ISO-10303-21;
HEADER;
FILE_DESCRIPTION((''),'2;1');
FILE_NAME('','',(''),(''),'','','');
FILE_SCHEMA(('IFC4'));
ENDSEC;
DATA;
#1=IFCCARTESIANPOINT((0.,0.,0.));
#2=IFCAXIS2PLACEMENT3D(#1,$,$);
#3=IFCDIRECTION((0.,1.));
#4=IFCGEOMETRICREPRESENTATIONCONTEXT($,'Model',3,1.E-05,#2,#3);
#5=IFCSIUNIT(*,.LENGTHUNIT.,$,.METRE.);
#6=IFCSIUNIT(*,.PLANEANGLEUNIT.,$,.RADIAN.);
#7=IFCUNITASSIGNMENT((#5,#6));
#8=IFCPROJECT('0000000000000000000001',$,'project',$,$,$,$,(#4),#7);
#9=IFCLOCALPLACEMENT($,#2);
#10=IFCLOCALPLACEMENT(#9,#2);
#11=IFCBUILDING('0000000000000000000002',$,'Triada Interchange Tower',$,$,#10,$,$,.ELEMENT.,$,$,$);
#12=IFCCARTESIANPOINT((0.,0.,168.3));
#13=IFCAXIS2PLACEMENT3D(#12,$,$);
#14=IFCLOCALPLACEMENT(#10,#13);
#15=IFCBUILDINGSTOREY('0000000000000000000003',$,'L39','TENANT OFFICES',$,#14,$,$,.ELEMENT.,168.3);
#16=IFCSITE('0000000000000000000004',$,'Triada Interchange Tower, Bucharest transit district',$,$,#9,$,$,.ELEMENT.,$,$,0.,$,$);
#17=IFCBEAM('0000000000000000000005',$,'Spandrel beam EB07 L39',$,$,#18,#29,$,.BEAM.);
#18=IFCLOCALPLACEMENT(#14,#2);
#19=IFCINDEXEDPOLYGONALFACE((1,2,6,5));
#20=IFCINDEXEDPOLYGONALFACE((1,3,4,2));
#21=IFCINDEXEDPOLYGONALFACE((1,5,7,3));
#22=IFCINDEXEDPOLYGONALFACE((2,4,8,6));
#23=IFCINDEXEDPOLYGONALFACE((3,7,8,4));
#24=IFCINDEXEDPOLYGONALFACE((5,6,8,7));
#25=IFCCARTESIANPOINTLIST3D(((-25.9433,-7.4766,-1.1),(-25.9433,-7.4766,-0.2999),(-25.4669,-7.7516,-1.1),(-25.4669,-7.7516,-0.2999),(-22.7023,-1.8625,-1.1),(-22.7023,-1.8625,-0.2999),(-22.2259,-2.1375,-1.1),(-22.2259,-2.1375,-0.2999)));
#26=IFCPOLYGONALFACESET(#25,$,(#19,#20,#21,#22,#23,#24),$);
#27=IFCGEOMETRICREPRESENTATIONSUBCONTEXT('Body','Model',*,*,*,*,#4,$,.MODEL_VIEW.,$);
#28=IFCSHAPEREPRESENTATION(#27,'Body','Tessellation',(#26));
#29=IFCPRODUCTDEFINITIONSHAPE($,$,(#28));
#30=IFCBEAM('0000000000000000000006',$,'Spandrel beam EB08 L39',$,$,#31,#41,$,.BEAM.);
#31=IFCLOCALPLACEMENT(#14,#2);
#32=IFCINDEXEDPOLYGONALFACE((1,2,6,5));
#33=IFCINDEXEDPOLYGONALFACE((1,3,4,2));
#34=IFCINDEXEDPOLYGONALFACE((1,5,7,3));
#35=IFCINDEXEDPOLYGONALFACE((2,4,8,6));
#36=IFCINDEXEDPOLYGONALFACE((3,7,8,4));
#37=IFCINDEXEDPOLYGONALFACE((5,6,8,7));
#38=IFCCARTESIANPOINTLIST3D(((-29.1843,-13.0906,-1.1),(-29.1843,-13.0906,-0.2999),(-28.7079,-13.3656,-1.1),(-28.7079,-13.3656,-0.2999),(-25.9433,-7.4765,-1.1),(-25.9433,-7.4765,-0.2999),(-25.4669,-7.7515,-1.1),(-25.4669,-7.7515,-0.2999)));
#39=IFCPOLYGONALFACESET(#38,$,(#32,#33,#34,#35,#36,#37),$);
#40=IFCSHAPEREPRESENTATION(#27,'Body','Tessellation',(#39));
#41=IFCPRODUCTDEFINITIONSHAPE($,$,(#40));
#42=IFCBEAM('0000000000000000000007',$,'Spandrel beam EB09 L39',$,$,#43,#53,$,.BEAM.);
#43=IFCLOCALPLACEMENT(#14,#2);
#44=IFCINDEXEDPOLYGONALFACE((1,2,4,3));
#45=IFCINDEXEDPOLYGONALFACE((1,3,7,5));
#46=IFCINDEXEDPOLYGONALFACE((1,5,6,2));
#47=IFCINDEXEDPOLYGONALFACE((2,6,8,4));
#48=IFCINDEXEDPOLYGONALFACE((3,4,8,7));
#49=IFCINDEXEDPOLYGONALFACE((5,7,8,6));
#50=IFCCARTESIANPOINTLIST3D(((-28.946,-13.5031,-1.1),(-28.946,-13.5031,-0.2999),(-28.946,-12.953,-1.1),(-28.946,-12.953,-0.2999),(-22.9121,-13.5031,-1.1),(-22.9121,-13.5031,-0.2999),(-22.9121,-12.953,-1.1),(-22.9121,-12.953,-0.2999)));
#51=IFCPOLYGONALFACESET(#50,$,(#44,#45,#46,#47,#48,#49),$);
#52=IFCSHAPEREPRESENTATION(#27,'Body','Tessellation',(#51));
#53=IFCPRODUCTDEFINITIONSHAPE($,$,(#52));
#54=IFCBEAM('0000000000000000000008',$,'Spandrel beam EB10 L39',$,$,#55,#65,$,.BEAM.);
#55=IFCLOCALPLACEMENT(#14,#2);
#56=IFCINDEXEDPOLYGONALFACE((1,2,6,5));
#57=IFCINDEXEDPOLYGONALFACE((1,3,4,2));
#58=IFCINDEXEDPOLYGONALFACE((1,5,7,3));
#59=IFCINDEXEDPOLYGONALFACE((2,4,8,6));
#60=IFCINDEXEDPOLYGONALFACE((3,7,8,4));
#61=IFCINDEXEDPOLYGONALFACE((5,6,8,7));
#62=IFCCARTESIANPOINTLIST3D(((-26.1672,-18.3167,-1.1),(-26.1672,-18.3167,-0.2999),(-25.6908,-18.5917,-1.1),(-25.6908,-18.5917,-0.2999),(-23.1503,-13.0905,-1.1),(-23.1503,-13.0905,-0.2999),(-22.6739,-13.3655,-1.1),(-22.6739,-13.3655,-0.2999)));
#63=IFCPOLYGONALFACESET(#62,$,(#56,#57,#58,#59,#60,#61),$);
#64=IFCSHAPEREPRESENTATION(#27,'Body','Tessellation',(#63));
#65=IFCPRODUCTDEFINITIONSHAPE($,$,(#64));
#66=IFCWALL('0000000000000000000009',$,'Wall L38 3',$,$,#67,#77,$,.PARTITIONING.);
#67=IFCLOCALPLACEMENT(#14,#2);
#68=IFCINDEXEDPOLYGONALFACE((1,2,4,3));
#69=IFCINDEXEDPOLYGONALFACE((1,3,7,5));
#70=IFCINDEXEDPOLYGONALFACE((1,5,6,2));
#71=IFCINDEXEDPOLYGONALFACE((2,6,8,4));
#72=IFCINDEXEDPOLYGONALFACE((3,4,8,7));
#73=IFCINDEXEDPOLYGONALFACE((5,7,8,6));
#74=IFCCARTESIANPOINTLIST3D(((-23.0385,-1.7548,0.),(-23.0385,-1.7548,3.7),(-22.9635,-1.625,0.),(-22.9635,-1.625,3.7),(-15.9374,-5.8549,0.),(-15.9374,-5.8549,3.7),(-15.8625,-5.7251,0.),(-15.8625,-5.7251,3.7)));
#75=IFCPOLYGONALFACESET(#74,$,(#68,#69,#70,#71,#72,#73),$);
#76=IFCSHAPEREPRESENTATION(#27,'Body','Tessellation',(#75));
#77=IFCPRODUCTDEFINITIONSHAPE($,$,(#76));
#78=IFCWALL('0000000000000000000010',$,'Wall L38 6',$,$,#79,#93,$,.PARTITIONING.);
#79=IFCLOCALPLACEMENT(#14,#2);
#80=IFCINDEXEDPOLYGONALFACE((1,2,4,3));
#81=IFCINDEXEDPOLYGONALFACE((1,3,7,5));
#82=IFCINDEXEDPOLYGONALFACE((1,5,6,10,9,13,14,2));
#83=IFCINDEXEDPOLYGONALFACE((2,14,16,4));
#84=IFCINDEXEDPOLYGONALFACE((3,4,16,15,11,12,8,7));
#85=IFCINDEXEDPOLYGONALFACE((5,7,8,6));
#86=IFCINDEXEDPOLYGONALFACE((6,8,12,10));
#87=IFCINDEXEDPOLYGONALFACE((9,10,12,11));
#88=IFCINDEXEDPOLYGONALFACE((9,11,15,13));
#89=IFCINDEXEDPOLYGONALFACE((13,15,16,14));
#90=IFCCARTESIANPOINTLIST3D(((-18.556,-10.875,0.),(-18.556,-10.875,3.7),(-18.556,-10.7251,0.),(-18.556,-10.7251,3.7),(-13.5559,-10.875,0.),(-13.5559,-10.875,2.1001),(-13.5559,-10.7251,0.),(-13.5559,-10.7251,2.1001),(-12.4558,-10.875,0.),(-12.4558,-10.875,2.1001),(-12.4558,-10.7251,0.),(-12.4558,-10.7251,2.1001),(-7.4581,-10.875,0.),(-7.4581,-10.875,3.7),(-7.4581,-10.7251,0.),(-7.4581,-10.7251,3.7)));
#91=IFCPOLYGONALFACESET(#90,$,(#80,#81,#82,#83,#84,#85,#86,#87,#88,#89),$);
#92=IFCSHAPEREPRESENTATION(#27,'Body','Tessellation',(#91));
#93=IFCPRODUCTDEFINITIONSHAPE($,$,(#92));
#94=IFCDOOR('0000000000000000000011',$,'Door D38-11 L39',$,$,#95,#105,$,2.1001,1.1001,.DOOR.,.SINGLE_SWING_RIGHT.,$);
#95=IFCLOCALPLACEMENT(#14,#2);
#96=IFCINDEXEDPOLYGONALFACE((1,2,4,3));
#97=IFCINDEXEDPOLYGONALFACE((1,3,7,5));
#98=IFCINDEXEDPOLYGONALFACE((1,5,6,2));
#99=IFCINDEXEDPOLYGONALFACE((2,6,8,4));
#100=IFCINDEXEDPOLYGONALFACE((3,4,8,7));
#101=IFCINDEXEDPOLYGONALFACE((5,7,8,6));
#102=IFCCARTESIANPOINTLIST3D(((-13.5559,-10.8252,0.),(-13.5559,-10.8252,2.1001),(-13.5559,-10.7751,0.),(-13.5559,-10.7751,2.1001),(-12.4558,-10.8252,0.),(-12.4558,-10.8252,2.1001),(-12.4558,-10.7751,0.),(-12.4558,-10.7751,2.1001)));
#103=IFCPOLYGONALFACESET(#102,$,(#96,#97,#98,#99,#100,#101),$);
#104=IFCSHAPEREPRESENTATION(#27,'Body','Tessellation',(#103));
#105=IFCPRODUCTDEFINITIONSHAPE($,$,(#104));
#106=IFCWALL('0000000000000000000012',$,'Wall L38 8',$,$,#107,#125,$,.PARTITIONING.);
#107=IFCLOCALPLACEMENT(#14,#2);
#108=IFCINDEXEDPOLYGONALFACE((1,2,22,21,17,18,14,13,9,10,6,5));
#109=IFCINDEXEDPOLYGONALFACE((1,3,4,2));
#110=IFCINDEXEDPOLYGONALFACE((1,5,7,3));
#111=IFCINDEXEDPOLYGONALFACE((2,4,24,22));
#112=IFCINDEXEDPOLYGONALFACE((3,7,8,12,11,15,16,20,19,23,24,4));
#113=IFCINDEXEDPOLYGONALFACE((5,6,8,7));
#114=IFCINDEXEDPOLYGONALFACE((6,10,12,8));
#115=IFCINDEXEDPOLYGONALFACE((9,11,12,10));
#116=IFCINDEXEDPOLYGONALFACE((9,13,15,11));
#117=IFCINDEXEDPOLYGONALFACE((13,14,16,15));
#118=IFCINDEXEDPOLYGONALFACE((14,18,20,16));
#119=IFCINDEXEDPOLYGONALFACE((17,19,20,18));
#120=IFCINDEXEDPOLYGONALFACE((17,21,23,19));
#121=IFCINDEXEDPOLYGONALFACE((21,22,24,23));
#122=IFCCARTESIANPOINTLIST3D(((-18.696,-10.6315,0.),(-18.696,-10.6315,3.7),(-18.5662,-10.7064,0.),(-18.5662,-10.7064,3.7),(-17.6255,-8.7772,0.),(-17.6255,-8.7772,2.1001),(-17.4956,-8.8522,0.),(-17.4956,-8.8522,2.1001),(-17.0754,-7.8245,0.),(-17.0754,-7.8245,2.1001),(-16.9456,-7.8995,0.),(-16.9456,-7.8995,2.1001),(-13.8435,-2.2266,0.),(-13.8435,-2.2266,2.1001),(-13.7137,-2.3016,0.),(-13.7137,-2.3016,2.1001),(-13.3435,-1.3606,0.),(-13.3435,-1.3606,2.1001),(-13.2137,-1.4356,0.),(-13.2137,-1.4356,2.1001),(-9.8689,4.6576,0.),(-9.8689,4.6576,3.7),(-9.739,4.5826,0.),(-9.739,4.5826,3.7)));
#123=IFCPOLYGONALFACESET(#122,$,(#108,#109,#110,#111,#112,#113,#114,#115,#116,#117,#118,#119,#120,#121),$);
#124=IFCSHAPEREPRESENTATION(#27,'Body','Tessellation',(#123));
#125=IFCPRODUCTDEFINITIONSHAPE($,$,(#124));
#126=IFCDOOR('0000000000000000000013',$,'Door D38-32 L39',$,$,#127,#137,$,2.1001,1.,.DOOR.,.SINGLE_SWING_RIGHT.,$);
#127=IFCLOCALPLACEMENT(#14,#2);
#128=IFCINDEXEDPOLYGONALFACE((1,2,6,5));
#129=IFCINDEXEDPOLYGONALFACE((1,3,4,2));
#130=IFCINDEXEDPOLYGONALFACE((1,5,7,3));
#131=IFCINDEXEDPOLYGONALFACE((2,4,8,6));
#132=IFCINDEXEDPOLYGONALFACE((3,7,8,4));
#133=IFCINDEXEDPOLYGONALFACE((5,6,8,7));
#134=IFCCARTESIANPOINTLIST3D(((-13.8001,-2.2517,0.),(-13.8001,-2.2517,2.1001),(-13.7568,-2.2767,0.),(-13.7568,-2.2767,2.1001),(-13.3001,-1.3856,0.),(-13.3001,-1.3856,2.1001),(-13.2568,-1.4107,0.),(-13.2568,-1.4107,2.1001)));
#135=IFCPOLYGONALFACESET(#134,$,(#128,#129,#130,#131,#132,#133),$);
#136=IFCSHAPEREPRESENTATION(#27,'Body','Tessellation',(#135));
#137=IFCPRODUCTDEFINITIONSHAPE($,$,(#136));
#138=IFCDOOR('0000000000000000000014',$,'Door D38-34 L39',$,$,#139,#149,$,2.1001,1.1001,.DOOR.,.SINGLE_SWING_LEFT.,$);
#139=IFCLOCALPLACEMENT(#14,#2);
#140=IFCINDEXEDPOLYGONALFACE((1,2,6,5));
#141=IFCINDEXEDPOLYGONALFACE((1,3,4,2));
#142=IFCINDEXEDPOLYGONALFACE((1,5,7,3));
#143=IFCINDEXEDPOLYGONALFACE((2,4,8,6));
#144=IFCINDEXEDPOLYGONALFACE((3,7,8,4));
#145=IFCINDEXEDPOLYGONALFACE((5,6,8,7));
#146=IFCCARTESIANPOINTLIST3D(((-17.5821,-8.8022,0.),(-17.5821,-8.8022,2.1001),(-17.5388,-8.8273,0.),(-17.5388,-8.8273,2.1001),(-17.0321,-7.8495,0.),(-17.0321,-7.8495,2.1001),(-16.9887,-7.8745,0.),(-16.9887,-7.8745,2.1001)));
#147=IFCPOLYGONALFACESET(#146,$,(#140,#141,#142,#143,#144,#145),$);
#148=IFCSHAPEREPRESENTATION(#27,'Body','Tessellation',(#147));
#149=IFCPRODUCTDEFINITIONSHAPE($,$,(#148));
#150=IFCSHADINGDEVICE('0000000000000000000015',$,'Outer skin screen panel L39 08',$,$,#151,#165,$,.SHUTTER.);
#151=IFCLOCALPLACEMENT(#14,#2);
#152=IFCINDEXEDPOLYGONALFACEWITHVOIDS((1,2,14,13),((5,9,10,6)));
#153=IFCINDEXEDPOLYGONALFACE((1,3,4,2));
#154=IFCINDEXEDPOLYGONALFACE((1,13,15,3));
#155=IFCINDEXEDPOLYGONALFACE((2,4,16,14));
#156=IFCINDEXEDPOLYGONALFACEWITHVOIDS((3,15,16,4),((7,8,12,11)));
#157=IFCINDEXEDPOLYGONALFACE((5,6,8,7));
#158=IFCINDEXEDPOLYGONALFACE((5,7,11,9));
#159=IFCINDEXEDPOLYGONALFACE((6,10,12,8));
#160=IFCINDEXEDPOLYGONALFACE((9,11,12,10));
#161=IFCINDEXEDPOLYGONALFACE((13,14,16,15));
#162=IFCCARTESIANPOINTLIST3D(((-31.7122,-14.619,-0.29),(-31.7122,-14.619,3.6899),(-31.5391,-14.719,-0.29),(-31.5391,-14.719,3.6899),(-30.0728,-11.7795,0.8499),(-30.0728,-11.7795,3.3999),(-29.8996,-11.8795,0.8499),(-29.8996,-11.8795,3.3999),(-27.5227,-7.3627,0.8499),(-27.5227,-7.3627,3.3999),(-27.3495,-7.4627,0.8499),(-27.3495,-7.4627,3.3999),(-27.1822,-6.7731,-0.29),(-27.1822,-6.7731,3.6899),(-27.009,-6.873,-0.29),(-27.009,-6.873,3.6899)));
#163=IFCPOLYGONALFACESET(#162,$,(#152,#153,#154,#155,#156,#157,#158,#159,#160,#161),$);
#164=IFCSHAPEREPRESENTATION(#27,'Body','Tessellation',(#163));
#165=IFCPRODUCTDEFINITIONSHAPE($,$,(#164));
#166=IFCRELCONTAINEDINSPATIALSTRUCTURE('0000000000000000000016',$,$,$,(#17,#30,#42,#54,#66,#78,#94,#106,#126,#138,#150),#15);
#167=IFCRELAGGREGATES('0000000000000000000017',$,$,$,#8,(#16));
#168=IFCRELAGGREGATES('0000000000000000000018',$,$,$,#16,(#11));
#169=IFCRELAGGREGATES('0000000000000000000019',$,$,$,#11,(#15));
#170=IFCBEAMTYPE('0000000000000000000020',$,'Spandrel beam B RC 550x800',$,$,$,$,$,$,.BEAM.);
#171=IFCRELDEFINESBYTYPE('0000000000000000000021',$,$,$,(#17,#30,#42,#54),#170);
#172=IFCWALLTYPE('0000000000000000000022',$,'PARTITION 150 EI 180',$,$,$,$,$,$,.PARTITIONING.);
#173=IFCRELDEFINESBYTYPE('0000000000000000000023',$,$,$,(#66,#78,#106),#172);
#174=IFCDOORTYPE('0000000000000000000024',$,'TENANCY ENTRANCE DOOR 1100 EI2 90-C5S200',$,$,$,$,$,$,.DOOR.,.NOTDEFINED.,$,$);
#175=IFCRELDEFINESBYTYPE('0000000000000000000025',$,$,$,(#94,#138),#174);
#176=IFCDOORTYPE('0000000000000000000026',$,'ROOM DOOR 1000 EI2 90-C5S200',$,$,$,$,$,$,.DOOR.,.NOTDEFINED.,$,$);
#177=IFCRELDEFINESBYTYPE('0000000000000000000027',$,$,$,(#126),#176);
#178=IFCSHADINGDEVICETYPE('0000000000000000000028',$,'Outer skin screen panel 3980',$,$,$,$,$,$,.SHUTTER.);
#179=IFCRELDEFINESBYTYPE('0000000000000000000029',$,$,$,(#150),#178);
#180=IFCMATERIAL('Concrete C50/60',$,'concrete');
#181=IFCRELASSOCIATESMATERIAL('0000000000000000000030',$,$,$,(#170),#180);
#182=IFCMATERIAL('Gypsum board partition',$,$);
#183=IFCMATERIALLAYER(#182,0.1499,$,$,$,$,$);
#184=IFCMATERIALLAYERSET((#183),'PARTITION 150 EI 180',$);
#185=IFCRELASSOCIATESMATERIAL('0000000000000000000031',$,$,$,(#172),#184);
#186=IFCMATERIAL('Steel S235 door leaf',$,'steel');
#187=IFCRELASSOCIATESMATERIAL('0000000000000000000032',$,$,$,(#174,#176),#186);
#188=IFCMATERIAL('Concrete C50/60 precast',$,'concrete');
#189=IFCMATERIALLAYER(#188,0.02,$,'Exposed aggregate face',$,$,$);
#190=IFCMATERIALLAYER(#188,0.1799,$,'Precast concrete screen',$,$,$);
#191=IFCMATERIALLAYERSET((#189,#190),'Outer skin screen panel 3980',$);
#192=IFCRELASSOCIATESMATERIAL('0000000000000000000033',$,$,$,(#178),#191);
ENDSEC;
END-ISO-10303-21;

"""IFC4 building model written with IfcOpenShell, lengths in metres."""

from ifc_helpers import new_model, si_unit, direction, frame, frame_2d, origin, origin_2d, place, context, subcontext, project, spatial, polyline, rectangle, outline, extrude, material, layer, layer_set, material_profile, profile_set, type_object, element, fill, save


model = new_model("IFC4")

# Units and contexts
model_context = context("Model", 3, precision=1e-05, world=origin(), true_north=direction((0.0, 1.0)))
body_context = subcontext(model_context, "Body", "Model", "MODEL_VIEW")
ifc_project = project(units=[si_unit("LENGTHUNIT", "METRE"), si_unit("PLANEANGLEUNIT", "RADIAN")], contexts=[model_context])

# Site, building, storey
site_placement = place(None, origin())
site = spatial("IfcSite", under=ifc_project, at=site_placement, Name="Triada Interchange Tower, Bucharest transit district", CompositionType="ELEMENT", RefElevation=0.0)
building_placement = place(site_placement, origin())
building = spatial("IfcBuilding", under=site, at=building_placement, Name="Triada Interchange Tower", CompositionType="ELEMENT")
storey_placement = place(building_placement, frame((0.0, 0.0, 168.3)))
storey = spatial("IfcBuildingStorey", under=building, at=storey_placement, Name="L39", Description="TENANT OFFICES", CompositionType="ELEMENT", Elevation=168.3)

# Beams
ifc_material_1 = material(Name="Concrete C50/60", Category="concrete")
ifc_material_profile_1 = material_profile(ifc_material_1, rectangle(XDim=0.55, YDim=0.8, at=origin_2d()), Name="RC 550x800")
ifc_profile_set_1 = profile_set([ifc_material_profile_1], Name="Concrete C50/60")
beam_type_1 = type_object("IfcBeamType", Name="Spandrel beam B RC 550x800", PredefinedType="BEAM", material=ifc_profile_set_1)
for number, where, z_axis, x_axis, name in (
    (1, (-22.4641, -2.0, -0.7), (-0.499967, -0.866044, 0.0), (0.866044, -0.499967, 0.0), "Spandrel beam EB07 L39"),
    (2, (-25.7051, -7.614, -0.7), (-0.499967, -0.866044, 0.0), (0.866044, -0.499967, 0.0), "Spandrel beam EB08 L39"),
):
    element("IfcBeam", number, at=place(storey_placement, frame(where, z_axis=z_axis, x_axis=x_axis)), inside=storey, type_object=beam_type_1, Name=name, PredefinedType="BEAM", context=body_context, shape_type="SweptSolid", body=[
        extrude(rectangle(XDim=0.55, YDim=0.8, at=origin_2d()), origin(), (0.0, 0.0, 1.0), 6.4824),
    ])
beam_1_placement = place(storey_placement, frame((-28.946, -13.228, -0.7), z_axis=(1.0, 0.0, 0.0), x_axis=(0.0, 1.0, 0.0)))
element("IfcBeam", 3, at=beam_1_placement, inside=storey, type_object=beam_type_1, Name="Spandrel beam EB09 L39", PredefinedType="BEAM", context=body_context, shape_type="SweptSolid", body=[
    extrude(rectangle(XDim=0.55, YDim=0.8, at=origin_2d()), origin(), (0.0, 0.0, 1.0), 6.0339),
])
beam_2_placement = place(storey_placement, frame((-22.9121, -13.228, -0.7), z_axis=(-0.499947, -0.866056, 0.0), x_axis=(0.866056, -0.499947, 0.0)))
element("IfcBeam", 4, at=beam_2_placement, inside=storey, type_object=beam_type_1, Name="Spandrel beam EB10 L39", PredefinedType="BEAM", context=body_context, shape_type="SweptSolid", body=[
    extrude(rectangle(XDim=0.55, YDim=0.8, at=origin_2d()), origin(), (0.0, 0.0, 1.0), 6.0344),
])

# Wall
ifc_material_2 = material(Name="Gypsum board partition")
ifc_layer_1 = layer(ifc_material_2, 0.1499)
ifc_layer_set_1 = layer_set([ifc_layer_1], Name="PARTITION 150 EI 180")
wall_type = type_object("IfcWallType", Name="PARTITION 150 EI 180", PredefinedType="PARTITIONING", material=ifc_layer_set_1)
wall_1_placement = place(storey_placement, frame((-23.001, -1.6899, 0.0), z_axis=(0.0, 0.0, 1.0), x_axis=(0.86601, -0.500027, 0.0)))
element("IfcWall", 5, at=wall_1_placement, inside=storey, type_object=wall_type, Name="Wall L38 3", PredefinedType="PARTITIONING", context=body_context, shape_type="SweptSolid", body=[
    extrude(rectangle(XDim=8.1997, YDim=0.1499, at=frame_2d((4.0999, 0.0))), origin(), (0.0, 0.0, 1.0), 3.7),
])

# Wall, opening, door
wall_2_placement = place(storey_placement, frame((-18.5559, -10.8, 0.0), z_axis=(0.0, 0.0, 1.0), x_axis=(1.0, 0.0, 0.0)))
wall_2 = element("IfcWall", 6, at=wall_2_placement, inside=storey, type_object=wall_type, Name="Wall L38 6", PredefinedType="PARTITIONING", context=body_context, shape_type="SweptSolid", body=[
    extrude(rectangle(XDim=11.0979, YDim=0.1499, at=frame_2d((5.5488, 0.0))), origin(), (0.0, 0.0, 1.0), 3.7),
])
opening_1_placement = place(wall_2_placement, frame((5.0, 0.0, 0.0)))
opening_1 = element("IfcOpeningElement", 7, at=opening_1_placement, cuts=wall_2, PredefinedType="OPENING", context=body_context, shape_type="SweptSolid", body=[
    extrude(rectangle(XDim=1.1001, YDim=2.1001, at=frame_2d((0.55, 1.05))), frame((0.0, 0.085, 0.0), z_axis=(0.0, -1.0, 0.0), x_axis=(1.0, 0.0, 0.0)), (0.0, 0.0, 1.0), 0.1699),
])
ifc_material_3 = material(Name="Steel S235 door leaf", Category="steel")
door_type_1 = type_object("IfcDoorType", Name="TENANCY ENTRANCE DOOR 1100 EI2 90-C5S200", OperationType="NOTDEFINED", PredefinedType="DOOR", material=ifc_material_3)
door_1_placement = place(opening_1_placement, origin())
door_1 = element("IfcDoor", 8, at=door_1_placement, inside=storey, type_object=door_type_1, Name="Door D38-11 L39", OperationType="SINGLE_SWING_RIGHT", OverallHeight=2.1001, OverallWidth=1.1001, PredefinedType="DOOR", context=body_context, shape_type="SweptSolid", body=[
    extrude(rectangle(XDim=1.1001, YDim=2.1001, at=frame_2d((0.55, 1.05))), frame((0.0, 0.0249, 0.0), z_axis=(0.0, -1.0, 0.0), x_axis=(1.0, 0.0, 0.0)), (0.0, 0.0, 1.0), 0.05),
])
fill(opening_1, door_1)

# Wall, openings, doors
wall_3_placement = place(storey_placement, frame((-18.6311, -10.6689, 0.0), z_axis=(0.0, 0.0, 1.0), x_axis=(0.5, 0.866025, 0.0)))
wall_3 = element("IfcWall", 9, at=wall_3_placement, inside=storey, type_object=wall_type, Name="Wall L38 8", PredefinedType="PARTITIONING", context=body_context, shape_type="SweptSolid", body=[
    extrude(rectangle(XDim=17.6543, YDim=0.1499, at=frame_2d((8.8271, 0.0))), origin(), (0.0, 0.0, 1.0), 3.7),
])
opening_2_placement = place(wall_3_placement, frame((9.7051, 0.0, 0.0)))
opening_2 = element("IfcOpeningElement", 10, at=opening_2_placement, cuts=wall_3, PredefinedType="OPENING", context=body_context, shape_type="SweptSolid", body=[
    extrude(rectangle(XDim=1.0, YDim=2.1001, at=frame_2d((0.5, 1.05))), frame((0.0, 0.085, 0.0), z_axis=(0.0, -1.0, 0.0), x_axis=(1.0, 0.0, 0.0)), (0.0, 0.0, 1.0), 0.1699),
])
opening_3_placement = place(wall_3_placement, frame((2.1411, 0.0, 0.0)))
opening_3 = element("IfcOpeningElement", 11, at=opening_3_placement, cuts=wall_3, PredefinedType="OPENING", context=body_context, shape_type="SweptSolid", body=[
    extrude(rectangle(XDim=1.1001, YDim=2.1001, at=frame_2d((0.55, 1.05))), frame((0.0, 0.085, 0.0), z_axis=(0.0, -1.0, 0.0), x_axis=(1.0, 0.0, 0.0)), (0.0, 0.0, 1.0), 0.1699),
])
door_type_2 = type_object("IfcDoorType", Name="ROOM DOOR 1000 EI2 90-C5S200", OperationType="NOTDEFINED", PredefinedType="DOOR", material=ifc_material_3)
door_2_placement = place(opening_2_placement, origin())
door_2 = element("IfcDoor", 12, at=door_2_placement, inside=storey, type_object=door_type_2, Name="Door D38-32 L39", OperationType="SINGLE_SWING_RIGHT", OverallHeight=2.1001, OverallWidth=1.0, PredefinedType="DOOR", context=body_context, shape_type="SweptSolid", body=[
    extrude(rectangle(XDim=1.0, YDim=2.1001, at=frame_2d((0.5, 1.05))), frame((0.0, 0.0249, 0.0), z_axis=(0.0, -1.0, 0.0), x_axis=(1.0, 0.0, 0.0)), (0.0, 0.0, 1.0), 0.05),
])
fill(opening_2, door_2)
door_3_placement = place(opening_3_placement, origin())
door_3 = element("IfcDoor", 13, at=door_3_placement, inside=storey, type_object=door_type_1, Name="Door D38-34 L39", OperationType="SINGLE_SWING_LEFT", OverallHeight=2.1001, OverallWidth=1.1001, PredefinedType="DOOR", context=body_context, shape_type="SweptSolid", body=[
    extrude(rectangle(XDim=1.1001, YDim=2.1001, at=frame_2d((0.55, 1.05))), frame((0.0, 0.0249, 0.0), z_axis=(0.0, -1.0, 0.0), x_axis=(1.0, 0.0, 0.0)), (0.0, 0.0, 1.0), 0.05),
])
fill(opening_3, door_3)

# Shading device
ifc_material_4 = material(Name="Concrete C50/60 precast", Category="concrete")
ifc_layer_2 = layer(ifc_material_4, 0.02, Name="Exposed aggregate face")
ifc_layer_3 = layer(ifc_material_4, 0.1799, Name="Precast concrete screen")
ifc_layer_set_2 = layer_set([ifc_layer_2, ifc_layer_3], Name="Outer skin screen panel 3980")
shading_device_type = type_object("IfcShadingDeviceType", Name="Outer skin screen panel 3980", PredefinedType="SHUTTER", material=ifc_layer_set_2)
shading_device_placement = place(storey_placement, frame((-27.009, -6.873, -0.29), z_axis=(0.0, 0.0, 1.0), x_axis=(-0.500014, -0.866017, 0.0)))
element("IfcShadingDevice", 14, at=shading_device_placement, inside=storey, type_object=shading_device_type, Name="Outer skin screen panel L39 08", PredefinedType="SHUTTER", context=body_context, shape_type="SweptSolid", body=[
    extrude(outline(polyline([(0.0, 0.0), (9.0598, 0.0), (9.0598, 3.98), (0.0, 3.98), (0.0, 0.0)]), holes=[polyline([(0.6809, 1.1399), (0.6809, 3.6899), (5.781, 3.6899), (5.781, 1.1399), (0.6809, 1.1399)])]), frame((0.0, 0.0, 0.0), z_axis=(0.0, -1.0, 0.0), x_axis=(1.0, 0.0, 0.0)), (0.0, 0.0, 1.0), 0.2),
])

save(model, "model.ifc")
